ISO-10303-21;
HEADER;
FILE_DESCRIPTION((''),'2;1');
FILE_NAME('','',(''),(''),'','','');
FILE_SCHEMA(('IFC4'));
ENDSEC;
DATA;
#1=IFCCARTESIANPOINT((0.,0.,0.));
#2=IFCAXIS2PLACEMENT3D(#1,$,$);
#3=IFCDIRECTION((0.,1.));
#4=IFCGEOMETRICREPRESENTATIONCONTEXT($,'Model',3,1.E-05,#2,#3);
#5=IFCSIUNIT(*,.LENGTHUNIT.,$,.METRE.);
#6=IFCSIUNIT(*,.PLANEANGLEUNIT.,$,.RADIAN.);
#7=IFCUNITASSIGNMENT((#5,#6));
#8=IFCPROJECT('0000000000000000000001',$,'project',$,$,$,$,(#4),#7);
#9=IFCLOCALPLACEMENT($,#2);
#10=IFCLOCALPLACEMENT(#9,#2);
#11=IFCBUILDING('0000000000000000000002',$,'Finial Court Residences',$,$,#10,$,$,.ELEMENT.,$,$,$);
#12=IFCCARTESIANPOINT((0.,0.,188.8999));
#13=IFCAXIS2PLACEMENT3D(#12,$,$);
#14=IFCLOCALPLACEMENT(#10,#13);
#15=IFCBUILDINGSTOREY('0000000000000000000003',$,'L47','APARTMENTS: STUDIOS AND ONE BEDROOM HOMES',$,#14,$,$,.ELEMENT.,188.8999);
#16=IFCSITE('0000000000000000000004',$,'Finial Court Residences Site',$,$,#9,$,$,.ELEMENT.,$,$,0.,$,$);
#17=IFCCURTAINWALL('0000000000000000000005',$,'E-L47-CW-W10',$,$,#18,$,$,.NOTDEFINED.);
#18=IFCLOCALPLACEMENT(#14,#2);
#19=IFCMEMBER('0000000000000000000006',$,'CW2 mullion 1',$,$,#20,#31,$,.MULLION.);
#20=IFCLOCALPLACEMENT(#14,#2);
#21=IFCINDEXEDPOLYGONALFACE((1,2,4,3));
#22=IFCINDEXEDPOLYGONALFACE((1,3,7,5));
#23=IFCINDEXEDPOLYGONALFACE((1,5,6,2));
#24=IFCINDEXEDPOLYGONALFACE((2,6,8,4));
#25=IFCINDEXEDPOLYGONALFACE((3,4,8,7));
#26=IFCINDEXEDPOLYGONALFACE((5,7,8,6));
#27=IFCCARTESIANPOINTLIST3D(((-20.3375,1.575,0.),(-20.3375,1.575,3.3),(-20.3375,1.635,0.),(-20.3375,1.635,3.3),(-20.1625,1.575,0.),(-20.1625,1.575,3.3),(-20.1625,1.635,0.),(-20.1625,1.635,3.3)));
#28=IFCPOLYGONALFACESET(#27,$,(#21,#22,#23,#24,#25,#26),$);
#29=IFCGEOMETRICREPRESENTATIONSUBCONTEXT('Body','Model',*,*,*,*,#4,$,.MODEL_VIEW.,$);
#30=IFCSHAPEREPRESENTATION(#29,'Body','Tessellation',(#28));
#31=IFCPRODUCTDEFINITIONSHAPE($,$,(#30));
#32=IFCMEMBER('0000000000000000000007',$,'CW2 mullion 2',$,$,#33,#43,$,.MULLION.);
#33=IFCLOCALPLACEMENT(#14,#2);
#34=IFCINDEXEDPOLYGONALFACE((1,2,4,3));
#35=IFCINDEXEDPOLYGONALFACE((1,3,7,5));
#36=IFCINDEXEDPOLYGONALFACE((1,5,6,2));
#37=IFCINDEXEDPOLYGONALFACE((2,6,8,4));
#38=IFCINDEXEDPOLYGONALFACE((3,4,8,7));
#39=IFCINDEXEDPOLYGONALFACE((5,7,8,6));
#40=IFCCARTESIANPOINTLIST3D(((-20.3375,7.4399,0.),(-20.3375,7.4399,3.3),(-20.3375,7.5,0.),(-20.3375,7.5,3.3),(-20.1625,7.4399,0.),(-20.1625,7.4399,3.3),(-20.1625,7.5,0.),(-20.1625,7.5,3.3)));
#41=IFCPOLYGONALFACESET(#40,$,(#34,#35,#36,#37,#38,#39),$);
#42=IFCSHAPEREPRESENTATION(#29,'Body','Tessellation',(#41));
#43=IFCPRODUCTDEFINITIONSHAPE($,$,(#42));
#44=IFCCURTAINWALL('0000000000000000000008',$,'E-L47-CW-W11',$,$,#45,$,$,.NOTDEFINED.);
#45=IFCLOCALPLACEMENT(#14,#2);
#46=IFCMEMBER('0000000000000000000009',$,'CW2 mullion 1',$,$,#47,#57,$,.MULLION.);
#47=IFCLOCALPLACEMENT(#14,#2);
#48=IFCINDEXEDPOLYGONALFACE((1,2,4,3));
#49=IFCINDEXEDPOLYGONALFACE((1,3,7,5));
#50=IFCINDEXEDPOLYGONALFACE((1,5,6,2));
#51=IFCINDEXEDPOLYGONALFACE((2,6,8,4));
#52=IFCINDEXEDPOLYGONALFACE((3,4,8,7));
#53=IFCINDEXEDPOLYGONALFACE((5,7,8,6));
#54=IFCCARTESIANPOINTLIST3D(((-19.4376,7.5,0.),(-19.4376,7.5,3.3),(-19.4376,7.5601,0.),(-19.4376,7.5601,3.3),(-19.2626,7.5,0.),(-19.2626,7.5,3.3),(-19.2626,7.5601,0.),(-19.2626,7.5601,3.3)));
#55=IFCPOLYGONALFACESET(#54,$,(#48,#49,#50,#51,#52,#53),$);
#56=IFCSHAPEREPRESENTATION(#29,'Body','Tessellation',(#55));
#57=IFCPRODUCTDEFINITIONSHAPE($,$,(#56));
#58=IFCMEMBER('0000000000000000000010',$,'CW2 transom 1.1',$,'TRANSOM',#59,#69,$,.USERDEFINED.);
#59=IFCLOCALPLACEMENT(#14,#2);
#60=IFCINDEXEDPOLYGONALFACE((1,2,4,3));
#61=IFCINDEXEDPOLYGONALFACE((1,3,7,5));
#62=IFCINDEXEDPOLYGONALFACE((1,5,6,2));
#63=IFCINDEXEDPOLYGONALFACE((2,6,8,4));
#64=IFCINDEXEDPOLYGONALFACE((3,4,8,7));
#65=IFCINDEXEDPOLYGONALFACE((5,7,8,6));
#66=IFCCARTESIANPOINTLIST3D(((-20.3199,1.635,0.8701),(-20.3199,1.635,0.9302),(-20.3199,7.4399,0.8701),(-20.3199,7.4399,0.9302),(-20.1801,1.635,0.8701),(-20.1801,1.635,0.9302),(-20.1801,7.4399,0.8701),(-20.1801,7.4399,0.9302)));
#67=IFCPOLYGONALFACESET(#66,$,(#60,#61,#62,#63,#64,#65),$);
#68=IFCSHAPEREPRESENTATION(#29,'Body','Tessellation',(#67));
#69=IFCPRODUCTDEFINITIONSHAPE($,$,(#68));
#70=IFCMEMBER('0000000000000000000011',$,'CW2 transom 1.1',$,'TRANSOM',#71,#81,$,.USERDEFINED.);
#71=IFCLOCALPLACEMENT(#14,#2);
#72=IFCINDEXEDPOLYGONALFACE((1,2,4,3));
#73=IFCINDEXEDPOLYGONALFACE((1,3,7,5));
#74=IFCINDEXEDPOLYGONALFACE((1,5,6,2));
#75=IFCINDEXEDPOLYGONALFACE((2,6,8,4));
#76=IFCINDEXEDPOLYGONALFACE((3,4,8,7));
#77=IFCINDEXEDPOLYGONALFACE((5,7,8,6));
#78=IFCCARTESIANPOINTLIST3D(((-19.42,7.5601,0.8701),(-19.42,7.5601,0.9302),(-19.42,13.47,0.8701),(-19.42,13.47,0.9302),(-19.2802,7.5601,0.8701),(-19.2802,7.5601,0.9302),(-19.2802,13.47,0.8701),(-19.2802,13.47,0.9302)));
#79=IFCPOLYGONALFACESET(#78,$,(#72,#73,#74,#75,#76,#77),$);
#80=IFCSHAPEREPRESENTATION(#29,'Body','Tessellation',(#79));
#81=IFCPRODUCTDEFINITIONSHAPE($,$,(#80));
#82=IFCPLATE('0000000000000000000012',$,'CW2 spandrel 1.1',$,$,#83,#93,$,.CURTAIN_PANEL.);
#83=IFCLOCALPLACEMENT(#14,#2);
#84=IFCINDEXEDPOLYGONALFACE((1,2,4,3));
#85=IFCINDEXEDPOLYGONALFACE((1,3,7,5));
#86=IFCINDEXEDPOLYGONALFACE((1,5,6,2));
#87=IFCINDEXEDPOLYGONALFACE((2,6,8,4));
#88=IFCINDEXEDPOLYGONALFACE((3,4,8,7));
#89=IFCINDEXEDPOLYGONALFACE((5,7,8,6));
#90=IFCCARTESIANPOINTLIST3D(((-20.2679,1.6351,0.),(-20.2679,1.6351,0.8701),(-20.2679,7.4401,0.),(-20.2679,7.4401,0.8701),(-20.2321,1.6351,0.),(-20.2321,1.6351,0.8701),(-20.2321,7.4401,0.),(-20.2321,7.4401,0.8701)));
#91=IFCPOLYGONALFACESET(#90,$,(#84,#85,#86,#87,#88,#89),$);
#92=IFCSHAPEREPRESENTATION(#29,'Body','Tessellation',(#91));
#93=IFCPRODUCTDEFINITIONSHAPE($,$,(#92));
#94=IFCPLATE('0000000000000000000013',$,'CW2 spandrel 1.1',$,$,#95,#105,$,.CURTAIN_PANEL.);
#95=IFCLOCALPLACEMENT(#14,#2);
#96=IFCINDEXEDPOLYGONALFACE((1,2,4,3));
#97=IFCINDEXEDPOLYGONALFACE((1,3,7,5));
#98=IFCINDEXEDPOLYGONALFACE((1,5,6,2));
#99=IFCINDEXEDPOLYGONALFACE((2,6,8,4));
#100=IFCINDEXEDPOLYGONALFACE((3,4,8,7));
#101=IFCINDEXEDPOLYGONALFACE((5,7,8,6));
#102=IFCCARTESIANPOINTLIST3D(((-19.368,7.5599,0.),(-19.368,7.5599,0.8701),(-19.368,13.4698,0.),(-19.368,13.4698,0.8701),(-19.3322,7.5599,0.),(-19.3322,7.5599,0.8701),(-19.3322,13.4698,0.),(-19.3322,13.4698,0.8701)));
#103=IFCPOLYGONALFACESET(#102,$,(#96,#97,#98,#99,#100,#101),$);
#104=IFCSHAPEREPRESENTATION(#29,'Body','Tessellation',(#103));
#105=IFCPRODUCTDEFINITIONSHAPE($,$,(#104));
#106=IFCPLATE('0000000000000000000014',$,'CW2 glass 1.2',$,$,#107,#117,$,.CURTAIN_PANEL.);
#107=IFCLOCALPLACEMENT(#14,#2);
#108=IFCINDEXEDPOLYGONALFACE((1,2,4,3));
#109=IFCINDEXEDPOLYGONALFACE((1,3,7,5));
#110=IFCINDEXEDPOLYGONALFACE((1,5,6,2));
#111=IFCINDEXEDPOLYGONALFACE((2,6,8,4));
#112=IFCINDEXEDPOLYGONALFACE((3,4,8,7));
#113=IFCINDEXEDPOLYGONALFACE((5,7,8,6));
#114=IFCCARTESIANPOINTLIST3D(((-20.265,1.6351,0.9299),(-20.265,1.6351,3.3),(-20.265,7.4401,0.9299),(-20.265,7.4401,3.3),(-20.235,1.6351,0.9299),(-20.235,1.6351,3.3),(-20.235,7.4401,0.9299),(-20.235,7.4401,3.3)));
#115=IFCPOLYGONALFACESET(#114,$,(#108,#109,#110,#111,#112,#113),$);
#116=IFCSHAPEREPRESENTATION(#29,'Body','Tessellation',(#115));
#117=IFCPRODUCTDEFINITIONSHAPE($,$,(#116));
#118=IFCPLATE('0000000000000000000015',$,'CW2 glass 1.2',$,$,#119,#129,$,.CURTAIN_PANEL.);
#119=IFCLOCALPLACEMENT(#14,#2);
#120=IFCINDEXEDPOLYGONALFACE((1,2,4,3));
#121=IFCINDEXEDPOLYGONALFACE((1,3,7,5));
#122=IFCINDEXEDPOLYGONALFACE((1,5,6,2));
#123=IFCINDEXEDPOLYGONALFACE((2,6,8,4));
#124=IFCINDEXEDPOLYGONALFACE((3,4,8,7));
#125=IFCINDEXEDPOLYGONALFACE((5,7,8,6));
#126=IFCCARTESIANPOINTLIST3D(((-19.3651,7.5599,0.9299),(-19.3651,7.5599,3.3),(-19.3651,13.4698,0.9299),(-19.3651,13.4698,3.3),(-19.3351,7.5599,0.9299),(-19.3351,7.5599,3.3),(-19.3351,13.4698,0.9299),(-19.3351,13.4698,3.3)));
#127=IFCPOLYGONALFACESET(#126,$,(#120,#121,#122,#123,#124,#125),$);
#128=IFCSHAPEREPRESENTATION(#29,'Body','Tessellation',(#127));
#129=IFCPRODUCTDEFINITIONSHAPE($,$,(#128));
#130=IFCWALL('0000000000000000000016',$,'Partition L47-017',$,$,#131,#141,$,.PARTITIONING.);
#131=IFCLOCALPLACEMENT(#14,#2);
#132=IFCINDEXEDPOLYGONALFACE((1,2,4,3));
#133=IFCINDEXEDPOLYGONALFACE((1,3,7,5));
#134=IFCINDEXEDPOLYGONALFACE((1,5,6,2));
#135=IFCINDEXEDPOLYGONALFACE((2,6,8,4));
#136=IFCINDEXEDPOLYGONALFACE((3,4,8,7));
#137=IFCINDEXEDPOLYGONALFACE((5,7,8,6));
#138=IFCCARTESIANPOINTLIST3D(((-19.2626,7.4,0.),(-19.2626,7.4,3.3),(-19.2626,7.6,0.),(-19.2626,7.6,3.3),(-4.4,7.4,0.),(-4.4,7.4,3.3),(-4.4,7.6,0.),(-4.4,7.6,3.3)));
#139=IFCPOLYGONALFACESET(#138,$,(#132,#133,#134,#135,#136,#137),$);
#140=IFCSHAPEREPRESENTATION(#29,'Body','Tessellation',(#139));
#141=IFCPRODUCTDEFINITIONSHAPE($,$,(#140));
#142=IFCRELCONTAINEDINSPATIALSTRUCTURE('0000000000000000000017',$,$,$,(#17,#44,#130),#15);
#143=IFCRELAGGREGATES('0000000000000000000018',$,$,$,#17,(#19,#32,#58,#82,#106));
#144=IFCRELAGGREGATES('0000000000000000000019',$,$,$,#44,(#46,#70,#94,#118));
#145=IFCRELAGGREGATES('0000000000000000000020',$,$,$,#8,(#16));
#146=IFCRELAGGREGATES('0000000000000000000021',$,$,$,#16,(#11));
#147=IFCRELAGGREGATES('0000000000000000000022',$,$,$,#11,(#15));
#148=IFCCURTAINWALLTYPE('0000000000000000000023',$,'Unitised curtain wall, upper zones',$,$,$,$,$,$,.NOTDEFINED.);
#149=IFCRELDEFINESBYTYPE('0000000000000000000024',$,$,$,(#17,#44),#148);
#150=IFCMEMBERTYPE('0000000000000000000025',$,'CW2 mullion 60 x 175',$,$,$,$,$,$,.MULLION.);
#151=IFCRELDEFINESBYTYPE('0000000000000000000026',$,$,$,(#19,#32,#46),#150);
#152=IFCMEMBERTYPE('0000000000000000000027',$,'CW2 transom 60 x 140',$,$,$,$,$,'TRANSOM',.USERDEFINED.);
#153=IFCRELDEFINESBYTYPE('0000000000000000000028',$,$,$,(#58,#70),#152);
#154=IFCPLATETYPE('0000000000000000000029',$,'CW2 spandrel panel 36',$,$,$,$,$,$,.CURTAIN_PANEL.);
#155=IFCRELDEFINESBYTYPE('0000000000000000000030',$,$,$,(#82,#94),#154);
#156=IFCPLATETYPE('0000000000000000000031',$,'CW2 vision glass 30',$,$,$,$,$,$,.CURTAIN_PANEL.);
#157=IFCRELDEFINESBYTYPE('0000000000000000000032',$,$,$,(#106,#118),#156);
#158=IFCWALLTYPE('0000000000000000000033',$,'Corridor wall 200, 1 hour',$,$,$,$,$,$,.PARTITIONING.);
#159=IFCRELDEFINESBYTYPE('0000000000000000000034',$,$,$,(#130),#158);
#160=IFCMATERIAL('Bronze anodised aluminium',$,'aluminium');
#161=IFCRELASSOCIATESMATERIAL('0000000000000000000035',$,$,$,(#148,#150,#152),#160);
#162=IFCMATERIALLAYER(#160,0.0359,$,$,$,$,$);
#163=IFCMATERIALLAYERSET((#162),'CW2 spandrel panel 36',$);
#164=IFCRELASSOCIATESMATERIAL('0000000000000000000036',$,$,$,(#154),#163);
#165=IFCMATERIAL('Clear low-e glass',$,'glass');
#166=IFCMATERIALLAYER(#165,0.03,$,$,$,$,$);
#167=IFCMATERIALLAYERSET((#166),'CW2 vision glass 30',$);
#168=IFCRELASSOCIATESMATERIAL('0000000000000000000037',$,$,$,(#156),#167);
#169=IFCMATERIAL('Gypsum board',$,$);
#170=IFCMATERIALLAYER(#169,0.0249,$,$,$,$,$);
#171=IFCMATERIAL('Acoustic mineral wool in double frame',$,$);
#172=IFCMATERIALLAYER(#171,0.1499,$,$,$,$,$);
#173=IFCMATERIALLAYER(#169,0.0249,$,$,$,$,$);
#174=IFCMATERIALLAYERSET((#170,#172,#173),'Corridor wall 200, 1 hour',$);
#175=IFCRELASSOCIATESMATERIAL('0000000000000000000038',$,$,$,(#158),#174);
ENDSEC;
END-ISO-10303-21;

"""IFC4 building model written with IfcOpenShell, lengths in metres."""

from ifc_helpers import new_model, si_unit, direction, frame, frame_2d, origin, origin_2d, place, context, subcontext, project, spatial, rectangle, extrude, material, layer, layer_set, material_profile, profile_set, type_object, element, aggregate, save


model = new_model("IFC4")

# Units and contexts
model_context = context("Model", 3, precision=1e-05, world=origin(), true_north=direction((0.0, 1.0)))
body_context = subcontext(model_context, "Body", "Model", "MODEL_VIEW")
ifc_project = project(units=[si_unit("LENGTHUNIT", "METRE"), si_unit("PLANEANGLEUNIT", "RADIAN")], contexts=[model_context])

# Site, building, storey
site_placement = place(None, origin())
site = spatial("IfcSite", under=ifc_project, at=site_placement, Name="Finial Court Residences Site", CompositionType="ELEMENT", RefElevation=0.0)
building_placement = place(site_placement, origin())
building = spatial("IfcBuilding", under=site, at=building_placement, Name="Finial Court Residences", CompositionType="ELEMENT")
storey_placement = place(building_placement, frame((0.0, 0.0, 188.8999)))
storey = spatial("IfcBuildingStorey", under=building, at=storey_placement, Name="L47", Description="APARTMENTS: STUDIOS AND ONE BEDROOM HOMES", CompositionType="ELEMENT", Elevation=188.8999)

# Curtain wall, members
ifc_material_1 = material(Name="Bronze anodised aluminium", Category="aluminium")
curtain_wall_type = type_object("IfcCurtainWallType", Name="Unitised curtain wall, upper zones", PredefinedType="NOTDEFINED", material=ifc_material_1)
curtain_wall_1_placement = place(storey_placement, origin())
curtain_wall_1 = element("IfcCurtainWall", 1, at=curtain_wall_1_placement, inside=storey, type_object=curtain_wall_type, Name="E-L47-CW-W10", PredefinedType="NOTDEFINED")
ifc_material_profile_1 = material_profile(ifc_material_1, rectangle(XDim=0.175, YDim=0.0601, at=origin_2d()), Name="CW2 mullion 60 x 175")
ifc_profile_set_1 = profile_set([ifc_material_profile_1], Name="Bronze anodised aluminium")
member_type_1 = type_object("IfcMemberType", Name="CW2 mullion 60 x 175", PredefinedType="MULLION", material=ifc_profile_set_1)
member_1_placement = place(storey_placement, frame((-20.25, 1.605, 0.0), z_axis=(0.0, 0.0, 1.0), x_axis=(-1.0, 0.0, 0.0)))
member_1 = element("IfcMember", 2, at=member_1_placement, type_object=member_type_1, Name="CW2 mullion 1", PredefinedType="MULLION", context=body_context, shape_type="SweptSolid", body=[
    extrude(rectangle(XDim=0.175, YDim=0.0601, at=origin_2d()), origin(), (0.0, 0.0, 1.0), 3.3),
])
member_2_placement = place(storey_placement, frame((-20.25, 7.47, 0.0), z_axis=(0.0, 0.0, 1.0), x_axis=(-1.0, 0.0, 0.0)))
member_2 = element("IfcMember", 3, at=member_2_placement, type_object=member_type_1, Name="CW2 mullion 2", PredefinedType="MULLION", context=body_context, shape_type="SweptSolid", body=[
    extrude(rectangle(XDim=0.175, YDim=0.0601, at=origin_2d()), origin(), (0.0, 0.0, 1.0), 3.3),
])

# Curtain wall, member
curtain_wall_2_placement = place(storey_placement, origin())
curtain_wall_2 = element("IfcCurtainWall", 4, at=curtain_wall_2_placement, inside=storey, type_object=curtain_wall_type, Name="E-L47-CW-W11", PredefinedType="NOTDEFINED")
member_3_placement = place(storey_placement, frame((-19.3501, 7.53, 0.0), z_axis=(0.0, 0.0, 1.0), x_axis=(-1.0, 0.0, 0.0)))
member_3 = element("IfcMember", 5, at=member_3_placement, type_object=member_type_1, Name="CW2 mullion 1", PredefinedType="MULLION", context=body_context, shape_type="SweptSolid", body=[
    extrude(rectangle(XDim=0.175, YDim=0.0601, at=origin_2d()), origin(), (0.0, 0.0, 1.0), 3.3),
])

# Members
ifc_material_profile_2 = material_profile(ifc_material_1, rectangle(XDim=0.1399, YDim=0.0601, at=origin_2d()), Name="CW2 transom 60 x 140")
ifc_profile_set_2 = profile_set([ifc_material_profile_2], Name="Bronze anodised aluminium")
member_type_2 = type_object("IfcMemberType", Name="CW2 transom 60 x 140", ElementType="TRANSOM", PredefinedType="USERDEFINED", material=ifc_profile_set_2)
member_4_placement = place(storey_placement, frame((-20.25, 1.635, 0.9001), z_axis=(0.0, 1.0, 0.0), x_axis=(-1.0, 0.0, 0.0)))
member_4 = element("IfcMember", 6, at=member_4_placement, type_object=member_type_2, Name="CW2 transom 1.1", ObjectType="TRANSOM", PredefinedType="USERDEFINED", context=body_context, shape_type="SweptSolid", body=[
    extrude(rectangle(XDim=0.1399, YDim=0.0601, at=origin_2d()), origin(), (0.0, 0.0, 1.0), 5.8049),
])
member_5_placement = place(storey_placement, frame((-19.3501, 7.5601, 0.9001), z_axis=(0.0, 1.0, 0.0), x_axis=(-1.0, 0.0, 0.0)))
member_5 = element("IfcMember", 7, at=member_5_placement, type_object=member_type_2, Name="CW2 transom 1.1", ObjectType="TRANSOM", PredefinedType="USERDEFINED", context=body_context, shape_type="SweptSolid", body=[
    extrude(rectangle(XDim=0.1399, YDim=0.0601, at=origin_2d()), origin(), (0.0, 0.0, 1.0), 5.9099),
])

# Plates
ifc_layer_1 = layer(ifc_material_1, 0.0359)
ifc_layer_set_1 = layer_set([ifc_layer_1], Name="CW2 spandrel panel 36")
plate_type_1 = type_object("IfcPlateType", Name="CW2 spandrel panel 36", PredefinedType="CURTAIN_PANEL", material=ifc_layer_set_1)
plate_1_placement = place(storey_placement, frame((-20.25, 4.5376, 0.0), z_axis=(0.0, 0.0, 1.0), x_axis=(0.0, 1.0, 0.0)))
plate_1 = element("IfcPlate", 8, at=plate_1_placement, type_object=plate_type_1, Name="CW2 spandrel 1.1", PredefinedType="CURTAIN_PANEL", context=body_context, shape_type="SweptSolid", body=[
    extrude(rectangle(XDim=5.8049, YDim=0.0359, at=origin_2d()), origin(), (0.0, 0.0, 1.0), 0.8701),
])
plate_2_placement = place(storey_placement, frame((-19.3501, 10.5149, 0.0), z_axis=(0.0, 0.0, 1.0), x_axis=(0.0, 1.0, 0.0)))
plate_2 = element("IfcPlate", 9, at=plate_2_placement, type_object=plate_type_1, Name="CW2 spandrel 1.1", PredefinedType="CURTAIN_PANEL", context=body_context, shape_type="SweptSolid", body=[
    extrude(rectangle(XDim=5.9099, YDim=0.0359, at=origin_2d()), origin(), (0.0, 0.0, 1.0), 0.8701),
])
ifc_material_2 = material(Name="Clear low-e glass", Category="glass")
ifc_layer_2 = layer(ifc_material_2, 0.03)
ifc_layer_set_2 = layer_set([ifc_layer_2], Name="CW2 vision glass 30")
plate_type_2 = type_object("IfcPlateType", Name="CW2 vision glass 30", PredefinedType="CURTAIN_PANEL", material=ifc_layer_set_2)
plate_3_placement = place(storey_placement, frame((-20.25, 4.5376, 0.9299), z_axis=(0.0, 0.0, 1.0), x_axis=(0.0, 1.0, 0.0)))
plate_3 = element("IfcPlate", 10, at=plate_3_placement, type_object=plate_type_2, Name="CW2 glass 1.2", PredefinedType="CURTAIN_PANEL", context=body_context, shape_type="SweptSolid", body=[
    extrude(rectangle(XDim=5.8049, YDim=0.03, at=origin_2d()), origin(), (0.0, 0.0, 1.0), 2.3701),
])
aggregate(curtain_wall_1, [member_1, member_2, member_4, plate_1, plate_3])
plate_4_placement = place(storey_placement, frame((-19.3501, 10.5149, 0.9299), z_axis=(0.0, 0.0, 1.0), x_axis=(0.0, 1.0, 0.0)))
plate_4 = element("IfcPlate", 11, at=plate_4_placement, type_object=plate_type_2, Name="CW2 glass 1.2", PredefinedType="CURTAIN_PANEL", context=body_context, shape_type="SweptSolid", body=[
    extrude(rectangle(XDim=5.9099, YDim=0.03, at=origin_2d()), origin(), (0.0, 0.0, 1.0), 2.3701),
])
aggregate(curtain_wall_2, [member_3, member_5, plate_2, plate_4])

# Wall
ifc_material_3 = material(Name="Gypsum board")
ifc_layer_3 = layer(ifc_material_3, 0.0249)
ifc_material_4 = material(Name="Acoustic mineral wool in double frame")
ifc_layer_4 = layer(ifc_material_4, 0.1499)
ifc_layer_5 = layer(ifc_material_3, 0.0249)
ifc_layer_set_3 = layer_set([ifc_layer_3, ifc_layer_4, ifc_layer_5], Name="Corridor wall 200, 1 hour")
wall_type_1 = type_object("IfcWallType", Name="Corridor wall 200, 1 hour", PredefinedType="PARTITIONING", material=ifc_layer_set_3)
wall_1_placement = place(storey_placement, frame((-19.2625, 7.5, 0.0), z_axis=(0.0, 0.0, 1.0), x_axis=(1.0, 0.0, 0.0)))
element("IfcWall", 12, at=wall_1_placement, inside=storey, type_object=wall_type_1, Name="Partition L47-017", PredefinedType="PARTITIONING", context=body_context, shape_type="SweptSolid", body=[
    extrude(rectangle(XDim=14.8625, YDim=0.2, at=frame_2d((7.4312, 0.0))), origin(), (0.0, 0.0, 1.0), 3.3),
])

save(model, "model.ifc")
